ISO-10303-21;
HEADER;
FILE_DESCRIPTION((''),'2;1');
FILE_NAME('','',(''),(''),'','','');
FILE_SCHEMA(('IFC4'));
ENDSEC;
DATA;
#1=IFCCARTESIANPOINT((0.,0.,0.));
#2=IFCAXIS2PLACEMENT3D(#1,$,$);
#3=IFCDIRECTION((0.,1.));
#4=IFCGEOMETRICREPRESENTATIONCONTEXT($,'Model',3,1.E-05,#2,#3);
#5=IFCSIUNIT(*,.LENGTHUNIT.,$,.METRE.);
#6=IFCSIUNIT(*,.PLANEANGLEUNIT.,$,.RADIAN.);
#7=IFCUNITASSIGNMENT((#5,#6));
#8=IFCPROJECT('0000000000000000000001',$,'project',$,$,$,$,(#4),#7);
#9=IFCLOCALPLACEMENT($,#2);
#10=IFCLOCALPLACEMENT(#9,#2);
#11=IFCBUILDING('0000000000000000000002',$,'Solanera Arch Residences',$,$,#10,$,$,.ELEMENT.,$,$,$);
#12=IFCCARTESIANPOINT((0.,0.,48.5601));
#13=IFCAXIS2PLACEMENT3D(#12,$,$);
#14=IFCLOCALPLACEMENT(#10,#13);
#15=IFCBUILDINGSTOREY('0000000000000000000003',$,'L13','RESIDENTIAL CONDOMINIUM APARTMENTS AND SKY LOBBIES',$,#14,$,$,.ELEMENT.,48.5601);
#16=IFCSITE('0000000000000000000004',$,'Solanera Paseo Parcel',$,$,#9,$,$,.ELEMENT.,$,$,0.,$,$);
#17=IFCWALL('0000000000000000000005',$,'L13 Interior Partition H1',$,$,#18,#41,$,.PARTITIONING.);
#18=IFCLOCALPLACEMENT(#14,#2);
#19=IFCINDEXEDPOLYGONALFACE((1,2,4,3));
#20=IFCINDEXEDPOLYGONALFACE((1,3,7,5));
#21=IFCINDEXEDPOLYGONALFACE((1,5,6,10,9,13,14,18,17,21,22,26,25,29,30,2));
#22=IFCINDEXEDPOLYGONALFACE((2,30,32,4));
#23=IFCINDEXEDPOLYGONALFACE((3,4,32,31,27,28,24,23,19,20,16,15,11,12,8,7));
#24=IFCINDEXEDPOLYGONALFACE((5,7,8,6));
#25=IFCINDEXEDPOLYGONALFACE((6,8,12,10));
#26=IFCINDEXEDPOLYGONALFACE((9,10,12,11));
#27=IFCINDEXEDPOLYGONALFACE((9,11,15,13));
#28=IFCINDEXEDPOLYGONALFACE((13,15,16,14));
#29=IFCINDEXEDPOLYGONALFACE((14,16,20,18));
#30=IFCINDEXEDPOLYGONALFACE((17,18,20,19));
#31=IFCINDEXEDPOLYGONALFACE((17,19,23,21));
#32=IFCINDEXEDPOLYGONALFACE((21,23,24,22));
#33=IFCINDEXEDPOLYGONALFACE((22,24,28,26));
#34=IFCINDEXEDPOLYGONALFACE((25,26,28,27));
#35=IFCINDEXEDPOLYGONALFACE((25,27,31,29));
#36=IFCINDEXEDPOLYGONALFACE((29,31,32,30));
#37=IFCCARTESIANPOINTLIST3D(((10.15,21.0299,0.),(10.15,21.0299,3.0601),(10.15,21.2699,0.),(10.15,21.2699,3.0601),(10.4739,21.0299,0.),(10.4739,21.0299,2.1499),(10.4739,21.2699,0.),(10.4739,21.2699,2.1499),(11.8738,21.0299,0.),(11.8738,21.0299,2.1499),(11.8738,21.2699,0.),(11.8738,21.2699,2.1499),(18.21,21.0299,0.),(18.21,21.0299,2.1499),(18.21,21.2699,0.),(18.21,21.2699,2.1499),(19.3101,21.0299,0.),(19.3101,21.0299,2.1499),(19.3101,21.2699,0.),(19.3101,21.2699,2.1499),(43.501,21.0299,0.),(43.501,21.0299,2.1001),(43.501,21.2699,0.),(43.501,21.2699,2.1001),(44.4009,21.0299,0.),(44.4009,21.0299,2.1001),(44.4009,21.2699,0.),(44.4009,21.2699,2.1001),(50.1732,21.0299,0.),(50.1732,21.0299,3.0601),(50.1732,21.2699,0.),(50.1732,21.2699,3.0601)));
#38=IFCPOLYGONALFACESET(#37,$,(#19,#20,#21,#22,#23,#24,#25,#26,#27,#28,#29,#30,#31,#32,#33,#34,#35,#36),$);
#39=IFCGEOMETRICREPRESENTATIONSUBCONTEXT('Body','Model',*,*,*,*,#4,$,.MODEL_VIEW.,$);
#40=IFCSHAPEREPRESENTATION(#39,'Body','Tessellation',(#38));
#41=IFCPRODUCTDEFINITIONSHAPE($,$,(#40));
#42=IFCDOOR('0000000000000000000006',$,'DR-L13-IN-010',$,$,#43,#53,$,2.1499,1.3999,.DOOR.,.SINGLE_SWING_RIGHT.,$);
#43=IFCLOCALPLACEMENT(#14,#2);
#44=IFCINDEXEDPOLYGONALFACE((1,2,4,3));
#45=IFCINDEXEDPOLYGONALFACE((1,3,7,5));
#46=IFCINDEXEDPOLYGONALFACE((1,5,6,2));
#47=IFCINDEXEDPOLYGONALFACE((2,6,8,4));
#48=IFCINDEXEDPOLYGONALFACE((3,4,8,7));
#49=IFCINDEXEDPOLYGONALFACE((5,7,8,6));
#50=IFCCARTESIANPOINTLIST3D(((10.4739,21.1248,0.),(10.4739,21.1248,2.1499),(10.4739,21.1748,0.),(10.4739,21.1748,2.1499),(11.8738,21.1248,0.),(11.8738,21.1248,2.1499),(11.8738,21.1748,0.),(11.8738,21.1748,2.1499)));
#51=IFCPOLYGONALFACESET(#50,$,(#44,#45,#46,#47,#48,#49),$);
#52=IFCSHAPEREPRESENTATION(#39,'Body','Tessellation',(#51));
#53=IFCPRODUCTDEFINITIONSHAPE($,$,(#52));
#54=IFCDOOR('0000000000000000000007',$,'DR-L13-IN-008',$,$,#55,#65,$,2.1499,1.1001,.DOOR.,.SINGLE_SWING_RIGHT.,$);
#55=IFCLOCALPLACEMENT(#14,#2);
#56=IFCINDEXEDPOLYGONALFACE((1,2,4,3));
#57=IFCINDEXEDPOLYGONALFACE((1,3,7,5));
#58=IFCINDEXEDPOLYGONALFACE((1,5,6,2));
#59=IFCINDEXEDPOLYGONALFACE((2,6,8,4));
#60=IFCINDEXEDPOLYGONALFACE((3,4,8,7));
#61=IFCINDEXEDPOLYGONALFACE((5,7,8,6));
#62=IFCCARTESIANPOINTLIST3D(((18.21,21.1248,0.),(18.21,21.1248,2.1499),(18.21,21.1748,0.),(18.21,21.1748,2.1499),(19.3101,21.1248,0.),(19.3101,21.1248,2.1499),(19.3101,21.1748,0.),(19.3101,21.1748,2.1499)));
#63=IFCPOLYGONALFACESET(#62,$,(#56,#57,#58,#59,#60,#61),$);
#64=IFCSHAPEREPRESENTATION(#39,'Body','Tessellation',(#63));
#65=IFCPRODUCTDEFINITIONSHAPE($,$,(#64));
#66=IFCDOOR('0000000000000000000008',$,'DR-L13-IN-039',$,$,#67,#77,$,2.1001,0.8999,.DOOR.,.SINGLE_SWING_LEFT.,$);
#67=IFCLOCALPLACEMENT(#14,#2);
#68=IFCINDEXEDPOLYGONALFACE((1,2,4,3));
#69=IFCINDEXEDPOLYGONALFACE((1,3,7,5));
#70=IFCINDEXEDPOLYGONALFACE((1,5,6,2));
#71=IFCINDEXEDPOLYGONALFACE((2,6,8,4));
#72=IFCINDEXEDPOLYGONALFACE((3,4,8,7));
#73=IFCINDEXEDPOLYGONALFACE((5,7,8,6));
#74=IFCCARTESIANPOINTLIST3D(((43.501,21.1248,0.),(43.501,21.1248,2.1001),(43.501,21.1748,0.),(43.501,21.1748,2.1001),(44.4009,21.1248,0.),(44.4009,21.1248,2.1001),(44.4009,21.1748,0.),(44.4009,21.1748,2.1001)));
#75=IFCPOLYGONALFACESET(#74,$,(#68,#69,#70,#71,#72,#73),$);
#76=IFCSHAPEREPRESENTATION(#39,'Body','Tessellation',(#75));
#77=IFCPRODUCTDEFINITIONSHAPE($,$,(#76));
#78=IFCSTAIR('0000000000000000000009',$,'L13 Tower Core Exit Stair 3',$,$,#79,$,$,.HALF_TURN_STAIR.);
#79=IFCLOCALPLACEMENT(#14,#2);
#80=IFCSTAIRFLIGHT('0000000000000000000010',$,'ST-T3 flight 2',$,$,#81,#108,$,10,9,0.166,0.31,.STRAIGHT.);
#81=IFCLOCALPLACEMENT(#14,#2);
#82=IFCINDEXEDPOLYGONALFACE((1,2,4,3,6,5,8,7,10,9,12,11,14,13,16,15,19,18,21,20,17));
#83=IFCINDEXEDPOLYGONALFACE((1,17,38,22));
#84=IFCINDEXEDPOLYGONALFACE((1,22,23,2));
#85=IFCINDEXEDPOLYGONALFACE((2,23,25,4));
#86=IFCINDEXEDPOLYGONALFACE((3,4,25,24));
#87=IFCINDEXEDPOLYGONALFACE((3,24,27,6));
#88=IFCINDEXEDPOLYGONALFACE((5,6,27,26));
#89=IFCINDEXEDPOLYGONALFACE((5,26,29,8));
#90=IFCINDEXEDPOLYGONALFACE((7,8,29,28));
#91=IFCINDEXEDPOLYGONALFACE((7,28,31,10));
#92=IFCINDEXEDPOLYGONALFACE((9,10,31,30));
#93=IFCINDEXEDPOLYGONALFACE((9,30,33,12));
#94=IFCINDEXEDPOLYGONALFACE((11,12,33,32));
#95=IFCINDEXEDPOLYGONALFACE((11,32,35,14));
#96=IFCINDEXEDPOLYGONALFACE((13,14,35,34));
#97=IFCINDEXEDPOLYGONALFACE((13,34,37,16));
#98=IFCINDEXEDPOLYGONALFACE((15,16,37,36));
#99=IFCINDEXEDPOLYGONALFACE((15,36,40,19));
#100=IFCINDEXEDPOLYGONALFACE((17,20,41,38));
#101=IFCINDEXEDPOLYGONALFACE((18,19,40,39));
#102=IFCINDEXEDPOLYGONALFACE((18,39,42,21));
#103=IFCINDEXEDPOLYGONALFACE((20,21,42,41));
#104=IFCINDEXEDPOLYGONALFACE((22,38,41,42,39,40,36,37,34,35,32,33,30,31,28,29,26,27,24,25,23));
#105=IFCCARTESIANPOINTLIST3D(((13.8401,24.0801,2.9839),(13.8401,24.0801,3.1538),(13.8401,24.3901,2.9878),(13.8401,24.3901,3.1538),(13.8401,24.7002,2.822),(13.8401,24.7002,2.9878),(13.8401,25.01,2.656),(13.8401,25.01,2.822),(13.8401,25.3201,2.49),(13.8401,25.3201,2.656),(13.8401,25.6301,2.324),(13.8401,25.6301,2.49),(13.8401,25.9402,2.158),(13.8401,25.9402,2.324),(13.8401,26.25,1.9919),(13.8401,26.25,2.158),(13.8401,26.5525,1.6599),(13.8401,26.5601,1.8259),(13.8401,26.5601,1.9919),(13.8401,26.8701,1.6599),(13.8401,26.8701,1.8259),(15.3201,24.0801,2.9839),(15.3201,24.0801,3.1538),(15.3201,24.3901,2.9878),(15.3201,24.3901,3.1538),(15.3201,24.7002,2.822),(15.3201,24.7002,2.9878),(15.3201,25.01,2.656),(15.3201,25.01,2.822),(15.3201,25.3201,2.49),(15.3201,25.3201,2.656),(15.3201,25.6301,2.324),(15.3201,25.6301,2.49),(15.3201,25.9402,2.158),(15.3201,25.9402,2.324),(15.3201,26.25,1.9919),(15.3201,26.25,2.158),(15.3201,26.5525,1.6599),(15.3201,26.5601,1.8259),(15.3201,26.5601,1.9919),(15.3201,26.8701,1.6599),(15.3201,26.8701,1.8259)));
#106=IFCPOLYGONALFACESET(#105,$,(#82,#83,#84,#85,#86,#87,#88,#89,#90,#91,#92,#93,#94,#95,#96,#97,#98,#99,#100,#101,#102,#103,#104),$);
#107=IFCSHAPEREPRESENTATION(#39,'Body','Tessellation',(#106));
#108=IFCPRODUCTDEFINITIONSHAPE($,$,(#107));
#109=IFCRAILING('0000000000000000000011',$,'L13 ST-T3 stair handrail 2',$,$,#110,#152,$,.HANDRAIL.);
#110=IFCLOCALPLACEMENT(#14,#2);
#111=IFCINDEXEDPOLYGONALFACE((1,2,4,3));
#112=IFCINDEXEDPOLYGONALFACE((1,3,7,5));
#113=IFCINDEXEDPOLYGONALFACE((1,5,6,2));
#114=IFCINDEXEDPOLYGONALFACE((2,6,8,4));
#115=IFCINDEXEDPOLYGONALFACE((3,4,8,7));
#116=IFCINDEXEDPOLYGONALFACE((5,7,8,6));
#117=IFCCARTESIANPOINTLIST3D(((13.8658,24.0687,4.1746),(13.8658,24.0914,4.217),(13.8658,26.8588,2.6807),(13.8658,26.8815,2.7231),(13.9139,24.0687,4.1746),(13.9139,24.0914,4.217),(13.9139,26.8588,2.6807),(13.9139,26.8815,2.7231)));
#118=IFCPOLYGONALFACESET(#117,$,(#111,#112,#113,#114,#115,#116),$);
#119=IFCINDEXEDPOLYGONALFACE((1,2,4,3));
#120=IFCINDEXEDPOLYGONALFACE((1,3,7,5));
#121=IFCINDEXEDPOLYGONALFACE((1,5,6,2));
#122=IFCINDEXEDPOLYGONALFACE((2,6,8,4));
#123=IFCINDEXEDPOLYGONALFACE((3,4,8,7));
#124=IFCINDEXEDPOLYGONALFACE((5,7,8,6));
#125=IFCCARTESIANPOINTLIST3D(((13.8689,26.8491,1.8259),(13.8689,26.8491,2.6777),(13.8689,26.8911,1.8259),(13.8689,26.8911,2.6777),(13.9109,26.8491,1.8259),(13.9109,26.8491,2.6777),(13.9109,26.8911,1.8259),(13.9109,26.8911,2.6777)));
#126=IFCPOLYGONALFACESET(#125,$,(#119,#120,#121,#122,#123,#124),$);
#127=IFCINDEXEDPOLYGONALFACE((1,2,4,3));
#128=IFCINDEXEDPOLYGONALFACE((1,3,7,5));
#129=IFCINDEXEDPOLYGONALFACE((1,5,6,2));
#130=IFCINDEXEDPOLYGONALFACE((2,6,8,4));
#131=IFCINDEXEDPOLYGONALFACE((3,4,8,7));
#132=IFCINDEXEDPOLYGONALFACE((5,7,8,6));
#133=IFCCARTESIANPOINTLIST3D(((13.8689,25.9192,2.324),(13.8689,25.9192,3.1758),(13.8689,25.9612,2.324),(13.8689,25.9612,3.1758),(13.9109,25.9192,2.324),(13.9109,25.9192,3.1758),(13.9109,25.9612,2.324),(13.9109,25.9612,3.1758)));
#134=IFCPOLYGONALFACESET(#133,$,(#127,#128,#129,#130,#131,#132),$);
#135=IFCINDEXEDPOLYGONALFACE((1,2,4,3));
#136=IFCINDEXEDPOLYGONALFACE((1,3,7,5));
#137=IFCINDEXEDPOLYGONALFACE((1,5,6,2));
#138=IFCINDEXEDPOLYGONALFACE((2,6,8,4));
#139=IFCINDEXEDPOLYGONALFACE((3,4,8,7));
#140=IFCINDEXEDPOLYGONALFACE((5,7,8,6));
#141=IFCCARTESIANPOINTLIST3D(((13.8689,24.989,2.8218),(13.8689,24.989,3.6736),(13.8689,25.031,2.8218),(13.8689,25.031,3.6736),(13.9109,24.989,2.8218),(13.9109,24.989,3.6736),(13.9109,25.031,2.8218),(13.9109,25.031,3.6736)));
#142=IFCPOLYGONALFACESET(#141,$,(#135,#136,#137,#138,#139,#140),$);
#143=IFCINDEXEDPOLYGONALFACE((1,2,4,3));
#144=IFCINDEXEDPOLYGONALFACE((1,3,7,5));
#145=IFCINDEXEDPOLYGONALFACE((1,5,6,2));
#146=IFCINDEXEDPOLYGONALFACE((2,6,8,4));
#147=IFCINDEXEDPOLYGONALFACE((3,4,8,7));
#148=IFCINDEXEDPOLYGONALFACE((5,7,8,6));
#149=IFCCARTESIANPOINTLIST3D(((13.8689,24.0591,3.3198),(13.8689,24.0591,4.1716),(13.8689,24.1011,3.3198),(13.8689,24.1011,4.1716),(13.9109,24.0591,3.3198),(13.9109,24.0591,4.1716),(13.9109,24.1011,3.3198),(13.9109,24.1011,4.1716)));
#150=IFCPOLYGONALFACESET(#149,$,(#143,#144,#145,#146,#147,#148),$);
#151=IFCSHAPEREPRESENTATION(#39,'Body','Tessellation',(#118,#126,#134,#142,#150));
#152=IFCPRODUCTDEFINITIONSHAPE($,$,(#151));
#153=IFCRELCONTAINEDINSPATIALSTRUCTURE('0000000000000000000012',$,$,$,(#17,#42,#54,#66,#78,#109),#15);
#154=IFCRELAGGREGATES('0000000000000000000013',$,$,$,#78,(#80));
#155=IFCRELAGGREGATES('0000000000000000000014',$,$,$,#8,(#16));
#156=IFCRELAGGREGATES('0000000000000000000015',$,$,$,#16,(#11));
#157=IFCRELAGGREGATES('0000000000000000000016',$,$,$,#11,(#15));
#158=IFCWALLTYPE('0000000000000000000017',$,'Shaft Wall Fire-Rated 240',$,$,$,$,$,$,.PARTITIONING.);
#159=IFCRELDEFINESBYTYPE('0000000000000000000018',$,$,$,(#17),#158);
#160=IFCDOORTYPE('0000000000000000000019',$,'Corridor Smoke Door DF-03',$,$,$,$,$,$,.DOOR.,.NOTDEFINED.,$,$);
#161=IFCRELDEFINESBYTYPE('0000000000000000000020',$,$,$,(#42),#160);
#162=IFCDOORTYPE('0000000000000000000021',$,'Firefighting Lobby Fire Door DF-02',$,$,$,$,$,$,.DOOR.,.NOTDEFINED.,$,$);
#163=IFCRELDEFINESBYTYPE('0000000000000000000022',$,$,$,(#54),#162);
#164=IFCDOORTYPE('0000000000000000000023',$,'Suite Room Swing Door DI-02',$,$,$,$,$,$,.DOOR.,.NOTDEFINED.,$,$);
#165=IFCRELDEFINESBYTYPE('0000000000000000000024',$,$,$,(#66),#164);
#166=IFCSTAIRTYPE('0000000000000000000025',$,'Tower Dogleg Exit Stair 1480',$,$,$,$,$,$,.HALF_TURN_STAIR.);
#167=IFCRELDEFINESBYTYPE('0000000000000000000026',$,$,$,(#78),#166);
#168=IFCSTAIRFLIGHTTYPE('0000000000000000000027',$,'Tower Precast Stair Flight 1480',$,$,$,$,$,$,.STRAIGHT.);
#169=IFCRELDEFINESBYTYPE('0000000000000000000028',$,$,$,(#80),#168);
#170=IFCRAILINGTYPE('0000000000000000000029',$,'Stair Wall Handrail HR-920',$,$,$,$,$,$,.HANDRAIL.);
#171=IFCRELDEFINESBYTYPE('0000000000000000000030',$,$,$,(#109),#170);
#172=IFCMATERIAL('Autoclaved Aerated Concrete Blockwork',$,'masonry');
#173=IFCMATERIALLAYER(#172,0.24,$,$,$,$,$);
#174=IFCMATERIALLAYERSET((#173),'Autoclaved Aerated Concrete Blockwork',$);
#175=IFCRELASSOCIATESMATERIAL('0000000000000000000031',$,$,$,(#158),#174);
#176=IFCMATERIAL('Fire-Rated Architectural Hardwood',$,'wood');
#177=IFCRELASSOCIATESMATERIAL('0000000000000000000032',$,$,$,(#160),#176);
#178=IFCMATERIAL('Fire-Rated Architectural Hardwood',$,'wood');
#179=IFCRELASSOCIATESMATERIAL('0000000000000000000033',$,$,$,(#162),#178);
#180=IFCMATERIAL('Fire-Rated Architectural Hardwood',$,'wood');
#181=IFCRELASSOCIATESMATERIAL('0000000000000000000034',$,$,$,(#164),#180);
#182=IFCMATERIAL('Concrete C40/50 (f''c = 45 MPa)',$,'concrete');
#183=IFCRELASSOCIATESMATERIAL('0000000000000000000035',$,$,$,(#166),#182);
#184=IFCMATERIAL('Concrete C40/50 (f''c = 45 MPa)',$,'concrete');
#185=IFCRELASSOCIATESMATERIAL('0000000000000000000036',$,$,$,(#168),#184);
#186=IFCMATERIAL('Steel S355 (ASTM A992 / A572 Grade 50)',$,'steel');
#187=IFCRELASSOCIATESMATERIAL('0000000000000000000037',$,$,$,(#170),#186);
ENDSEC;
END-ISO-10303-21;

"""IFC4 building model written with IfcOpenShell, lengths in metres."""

from ifc_helpers import new_model, si_unit, direction, frame, frame_2d, origin, origin_2d, place, context, subcontext, project, spatial, polyline, rectangle, outline, extrude, material, layer, layer_set, type_object, element, fill, aggregate, save


model = new_model("IFC4")

# Units and contexts
model_context = context("Model", 3, precision=1e-05, world=origin(), true_north=direction((0.0, 1.0)))
body_context = subcontext(model_context, "Body", "Model", "MODEL_VIEW")
ifc_project = project(units=[si_unit("LENGTHUNIT", "METRE"), si_unit("PLANEANGLEUNIT", "RADIAN")], contexts=[model_context])

# Site, building, storey
site_placement = place(None, origin())
site = spatial("IfcSite", under=ifc_project, at=site_placement, Name="Solanera Paseo Parcel", CompositionType="ELEMENT", RefElevation=0.0)
building_placement = place(site_placement, origin())
building = spatial("IfcBuilding", under=site, at=building_placement, Name="Solanera Arch Residences", CompositionType="ELEMENT")
storey_placement = place(building_placement, frame((0.0, 0.0, 48.5601)))
storey = spatial("IfcBuildingStorey", under=building, at=storey_placement, Name="L13", Description="RESIDENTIAL CONDOMINIUM APARTMENTS AND SKY LOBBIES", CompositionType="ELEMENT", Elevation=48.5601)

# Wall, openings, doors
ifc_material_1 = material(Name="Autoclaved Aerated Concrete Blockwork", Category="masonry")
ifc_layer_1 = layer(ifc_material_1, 0.24)
ifc_layer_set_1 = layer_set([ifc_layer_1], Name="Autoclaved Aerated Concrete Blockwork")
wall_type_1 = type_object("IfcWallType", Name="Shaft Wall Fire-Rated 240", PredefinedType="PARTITIONING", material=ifc_layer_set_1)
wall_1_placement = place(storey_placement, frame((10.1499, 21.1499, 0.0), z_axis=(0.0, 0.0, 1.0), x_axis=(1.0, 0.0, 0.0)))
wall_1 = element("IfcWall", 1, at=wall_1_placement, inside=storey, type_object=wall_type_1, Name="L13 Interior Partition H1", PredefinedType="PARTITIONING", context=body_context, shape_type="SweptSolid", body=[
    extrude(rectangle(XDim=40.0232, YDim=0.24, at=frame_2d((20.0117, 0.0))), origin(), (0.0, 0.0, 1.0), 3.0601),
])
opening_1_placement = place(wall_1_placement, frame((8.0601, 0.0, 0.0)))
opening_1 = element("IfcOpeningElement", 2, at=opening_1_placement, cuts=wall_1, PredefinedType="OPENING", context=body_context, shape_type="SweptSolid", body=[
    extrude(rectangle(XDim=1.1001, YDim=2.1499, at=frame_2d((0.55, 1.075))), frame((0.0, 0.1299, 0.0), z_axis=(0.0, -1.0, 0.0), x_axis=(1.0, 0.0, 0.0)), (0.0, 0.0, 1.0), 0.26),
])
opening_2_placement = place(wall_1_placement, frame((0.324, 0.0, 0.0)))
opening_2 = element("IfcOpeningElement", 3, at=opening_2_placement, cuts=wall_1, PredefinedType="OPENING", context=body_context, shape_type="SweptSolid", body=[
    extrude(rectangle(XDim=1.3999, YDim=2.1499, at=frame_2d((0.7, 1.075))), frame((0.0, 0.1299, 0.0), z_axis=(0.0, -1.0, 0.0), x_axis=(1.0, 0.0, 0.0)), (0.0, 0.0, 1.0), 0.26),
])
opening_3_placement = place(wall_1_placement, frame((33.3511, 0.0, 0.0)))
opening_3 = element("IfcOpeningElement", 4, at=opening_3_placement, cuts=wall_1, PredefinedType="OPENING", context=body_context, shape_type="SweptSolid", body=[
    extrude(rectangle(XDim=0.8999, YDim=2.1001, at=frame_2d((0.45, 1.05))), frame((0.0, 0.1299, 0.0), z_axis=(0.0, -1.0, 0.0), x_axis=(1.0, 0.0, 0.0)), (0.0, 0.0, 1.0), 0.26),
])
ifc_material_2 = material(Name="Fire-Rated Architectural Hardwood", Category="wood")
door_type_1 = type_object("IfcDoorType", Name="Corridor Smoke Door DF-03", OperationType="NOTDEFINED", PredefinedType="DOOR", material=ifc_material_2)
door_1_placement = place(opening_2_placement, origin())
door_1 = element("IfcDoor", 5, at=door_1_placement, inside=storey, type_object=door_type_1, Name="DR-L13-IN-010", OperationType="SINGLE_SWING_RIGHT", OverallHeight=2.1499, OverallWidth=1.3999, PredefinedType="DOOR", context=body_context, shape_type="SweptSolid", body=[
    extrude(rectangle(XDim=1.3999, YDim=2.1499, at=frame_2d((0.7, 1.075))), frame((0.0, 0.0249, 0.0), z_axis=(0.0, -1.0, 0.0), x_axis=(1.0, 0.0, 0.0)), (0.0, 0.0, 1.0), 0.05),
])
fill(opening_2, door_1)
ifc_material_3 = material(Name="Fire-Rated Architectural Hardwood", Category="wood")
door_type_2 = type_object("IfcDoorType", Name="Firefighting Lobby Fire Door DF-02", OperationType="NOTDEFINED", PredefinedType="DOOR", material=ifc_material_3)
door_2_placement = place(opening_1_placement, origin())
door_2 = element("IfcDoor", 6, at=door_2_placement, inside=storey, type_object=door_type_2, Name="DR-L13-IN-008", OperationType="SINGLE_SWING_RIGHT", OverallHeight=2.1499, OverallWidth=1.1001, PredefinedType="DOOR", context=body_context, shape_type="SweptSolid", body=[
    extrude(rectangle(XDim=1.1001, YDim=2.1499, at=frame_2d((0.55, 1.075))), frame((0.0, 0.0249, 0.0), z_axis=(0.0, -1.0, 0.0), x_axis=(1.0, 0.0, 0.0)), (0.0, 0.0, 1.0), 0.05),
])
fill(opening_1, door_2)
ifc_material_4 = material(Name="Fire-Rated Architectural Hardwood", Category="wood")
door_type_3 = type_object("IfcDoorType", Name="Suite Room Swing Door DI-02", OperationType="NOTDEFINED", PredefinedType="DOOR", material=ifc_material_4)
door_3_placement = place(opening_3_placement, origin())
door_3 = element("IfcDoor", 7, at=door_3_placement, inside=storey, type_object=door_type_3, Name="DR-L13-IN-039", OperationType="SINGLE_SWING_LEFT", OverallHeight=2.1001, OverallWidth=0.8999, PredefinedType="DOOR", context=body_context, shape_type="SweptSolid", body=[
    extrude(rectangle(XDim=0.8999, YDim=2.1001, at=frame_2d((0.45, 1.05))), frame((0.0, 0.0249, 0.0), z_axis=(0.0, -1.0, 0.0), x_axis=(1.0, 0.0, 0.0)), (0.0, 0.0, 1.0), 0.05),
])
fill(opening_3, door_3)

# Stair, stair flight
ifc_material_5 = material(Name="Concrete C40/50 (f'c = 45 MPa)", Category="concrete")
stair_type = type_object("IfcStairType", Name="Tower Dogleg Exit Stair 1480", PredefinedType="HALF_TURN_STAIR", material=ifc_material_5)
stair_placement = place(storey_placement, origin())
stair = element("IfcStair", 8, at=stair_placement, inside=storey, type_object=stair_type, Name="L13 Tower Core Exit Stair 3", PredefinedType="HALF_TURN_STAIR")
ifc_material_6 = material(Name="Concrete C40/50 (f'c = 45 MPa)", Category="concrete")
stair_flight_type = type_object("IfcStairFlightType", Name="Tower Precast Stair Flight 1480", PredefinedType="STRAIGHT", material=ifc_material_6)
stair_flight_placement = place(storey_placement, frame((14.5801, 26.8701, 1.6599), z_axis=(0.0, 0.0, 1.0), x_axis=(0.0, -1.0, 0.0)))
stair_flight = element("IfcStairFlight", 9, at=stair_flight_placement, type_object=stair_flight_type, Name="ST-T3 flight 2", NumberOfRisers=10, NumberOfTreads=9, PredefinedType="STRAIGHT", RiserHeight=0.166, TreadLength=0.31, context=body_context, shape_type="SweptSolid", body=[
    extrude(outline(polyline([(0.0, 0.0), (0.0, 0.166), (0.3101, 0.166), (0.3101, 0.332), (0.6201, 0.332), (0.6201, 0.498), (0.9299, 0.498), (0.9299, 0.6641), (1.24, 0.6641), (1.24, 0.8301), (1.55, 0.8301), (1.55, 0.9961), (1.8601, 0.9961), (1.8601, 1.1621), (2.1699, 1.1621), (2.1699, 1.3279), (2.48, 1.3279), (2.48, 1.4939), (2.79, 1.4939), (2.79, 1.6599), (2.79, 1.324), (0.3176, 0.0), (0.0, 0.0)])), frame((0.0, 0.74, 0.0), z_axis=(0.0, -1.0, 0.0), x_axis=(1.0, 0.0, 0.0)), (0.0, 0.0, 1.0), 1.48),
])
aggregate(stair, [stair_flight])

# Railing
ifc_material_7 = material(Name="Steel S355 (ASTM A992 / A572 Grade 50)", Category="steel")
railing_type = type_object("IfcRailingType", Name="Stair Wall Handrail HR-920", PredefinedType="HANDRAIL", material=ifc_material_7)
railing_placement = place(storey_placement, frame((13.8899, 26.8701, 1.8259)))
element("IfcRailing", 10, at=railing_placement, inside=storey, type_object=railing_type, Name="L13 ST-T3 stair handrail 2", PredefinedType="HANDRAIL", context=body_context, shape_type="SweptSolid", body=[
    extrude(rectangle(XDim=0.0481, YDim=0.0481, at=origin_2d()), frame((0.0, 0.0, 0.876), z_axis=(0.0, -0.881581, 0.472033), x_axis=(1.0, 0.0, 0.0)), (0.0, 0.0, 1.0), 3.1648),
    extrude(rectangle(XDim=0.042, YDim=0.042, at=origin_2d()), origin(), (0.0, 0.0, 1.0), 0.8518),
    extrude(rectangle(XDim=0.042, YDim=0.042, at=origin_2d()), frame((0.0, -0.9299, 0.498)), (0.0, 0.0, 1.0), 0.8518),
    extrude(rectangle(XDim=0.042, YDim=0.042, at=origin_2d()), frame((0.0, -1.8601, 0.9958)), (0.0, 0.0, 1.0), 0.8518),
    extrude(rectangle(XDim=0.042, YDim=0.042, at=origin_2d()), frame((0.0, -2.79, 1.4939)), (0.0, 0.0, 1.0), 0.8518),
])

save(model, "model.ifc")
